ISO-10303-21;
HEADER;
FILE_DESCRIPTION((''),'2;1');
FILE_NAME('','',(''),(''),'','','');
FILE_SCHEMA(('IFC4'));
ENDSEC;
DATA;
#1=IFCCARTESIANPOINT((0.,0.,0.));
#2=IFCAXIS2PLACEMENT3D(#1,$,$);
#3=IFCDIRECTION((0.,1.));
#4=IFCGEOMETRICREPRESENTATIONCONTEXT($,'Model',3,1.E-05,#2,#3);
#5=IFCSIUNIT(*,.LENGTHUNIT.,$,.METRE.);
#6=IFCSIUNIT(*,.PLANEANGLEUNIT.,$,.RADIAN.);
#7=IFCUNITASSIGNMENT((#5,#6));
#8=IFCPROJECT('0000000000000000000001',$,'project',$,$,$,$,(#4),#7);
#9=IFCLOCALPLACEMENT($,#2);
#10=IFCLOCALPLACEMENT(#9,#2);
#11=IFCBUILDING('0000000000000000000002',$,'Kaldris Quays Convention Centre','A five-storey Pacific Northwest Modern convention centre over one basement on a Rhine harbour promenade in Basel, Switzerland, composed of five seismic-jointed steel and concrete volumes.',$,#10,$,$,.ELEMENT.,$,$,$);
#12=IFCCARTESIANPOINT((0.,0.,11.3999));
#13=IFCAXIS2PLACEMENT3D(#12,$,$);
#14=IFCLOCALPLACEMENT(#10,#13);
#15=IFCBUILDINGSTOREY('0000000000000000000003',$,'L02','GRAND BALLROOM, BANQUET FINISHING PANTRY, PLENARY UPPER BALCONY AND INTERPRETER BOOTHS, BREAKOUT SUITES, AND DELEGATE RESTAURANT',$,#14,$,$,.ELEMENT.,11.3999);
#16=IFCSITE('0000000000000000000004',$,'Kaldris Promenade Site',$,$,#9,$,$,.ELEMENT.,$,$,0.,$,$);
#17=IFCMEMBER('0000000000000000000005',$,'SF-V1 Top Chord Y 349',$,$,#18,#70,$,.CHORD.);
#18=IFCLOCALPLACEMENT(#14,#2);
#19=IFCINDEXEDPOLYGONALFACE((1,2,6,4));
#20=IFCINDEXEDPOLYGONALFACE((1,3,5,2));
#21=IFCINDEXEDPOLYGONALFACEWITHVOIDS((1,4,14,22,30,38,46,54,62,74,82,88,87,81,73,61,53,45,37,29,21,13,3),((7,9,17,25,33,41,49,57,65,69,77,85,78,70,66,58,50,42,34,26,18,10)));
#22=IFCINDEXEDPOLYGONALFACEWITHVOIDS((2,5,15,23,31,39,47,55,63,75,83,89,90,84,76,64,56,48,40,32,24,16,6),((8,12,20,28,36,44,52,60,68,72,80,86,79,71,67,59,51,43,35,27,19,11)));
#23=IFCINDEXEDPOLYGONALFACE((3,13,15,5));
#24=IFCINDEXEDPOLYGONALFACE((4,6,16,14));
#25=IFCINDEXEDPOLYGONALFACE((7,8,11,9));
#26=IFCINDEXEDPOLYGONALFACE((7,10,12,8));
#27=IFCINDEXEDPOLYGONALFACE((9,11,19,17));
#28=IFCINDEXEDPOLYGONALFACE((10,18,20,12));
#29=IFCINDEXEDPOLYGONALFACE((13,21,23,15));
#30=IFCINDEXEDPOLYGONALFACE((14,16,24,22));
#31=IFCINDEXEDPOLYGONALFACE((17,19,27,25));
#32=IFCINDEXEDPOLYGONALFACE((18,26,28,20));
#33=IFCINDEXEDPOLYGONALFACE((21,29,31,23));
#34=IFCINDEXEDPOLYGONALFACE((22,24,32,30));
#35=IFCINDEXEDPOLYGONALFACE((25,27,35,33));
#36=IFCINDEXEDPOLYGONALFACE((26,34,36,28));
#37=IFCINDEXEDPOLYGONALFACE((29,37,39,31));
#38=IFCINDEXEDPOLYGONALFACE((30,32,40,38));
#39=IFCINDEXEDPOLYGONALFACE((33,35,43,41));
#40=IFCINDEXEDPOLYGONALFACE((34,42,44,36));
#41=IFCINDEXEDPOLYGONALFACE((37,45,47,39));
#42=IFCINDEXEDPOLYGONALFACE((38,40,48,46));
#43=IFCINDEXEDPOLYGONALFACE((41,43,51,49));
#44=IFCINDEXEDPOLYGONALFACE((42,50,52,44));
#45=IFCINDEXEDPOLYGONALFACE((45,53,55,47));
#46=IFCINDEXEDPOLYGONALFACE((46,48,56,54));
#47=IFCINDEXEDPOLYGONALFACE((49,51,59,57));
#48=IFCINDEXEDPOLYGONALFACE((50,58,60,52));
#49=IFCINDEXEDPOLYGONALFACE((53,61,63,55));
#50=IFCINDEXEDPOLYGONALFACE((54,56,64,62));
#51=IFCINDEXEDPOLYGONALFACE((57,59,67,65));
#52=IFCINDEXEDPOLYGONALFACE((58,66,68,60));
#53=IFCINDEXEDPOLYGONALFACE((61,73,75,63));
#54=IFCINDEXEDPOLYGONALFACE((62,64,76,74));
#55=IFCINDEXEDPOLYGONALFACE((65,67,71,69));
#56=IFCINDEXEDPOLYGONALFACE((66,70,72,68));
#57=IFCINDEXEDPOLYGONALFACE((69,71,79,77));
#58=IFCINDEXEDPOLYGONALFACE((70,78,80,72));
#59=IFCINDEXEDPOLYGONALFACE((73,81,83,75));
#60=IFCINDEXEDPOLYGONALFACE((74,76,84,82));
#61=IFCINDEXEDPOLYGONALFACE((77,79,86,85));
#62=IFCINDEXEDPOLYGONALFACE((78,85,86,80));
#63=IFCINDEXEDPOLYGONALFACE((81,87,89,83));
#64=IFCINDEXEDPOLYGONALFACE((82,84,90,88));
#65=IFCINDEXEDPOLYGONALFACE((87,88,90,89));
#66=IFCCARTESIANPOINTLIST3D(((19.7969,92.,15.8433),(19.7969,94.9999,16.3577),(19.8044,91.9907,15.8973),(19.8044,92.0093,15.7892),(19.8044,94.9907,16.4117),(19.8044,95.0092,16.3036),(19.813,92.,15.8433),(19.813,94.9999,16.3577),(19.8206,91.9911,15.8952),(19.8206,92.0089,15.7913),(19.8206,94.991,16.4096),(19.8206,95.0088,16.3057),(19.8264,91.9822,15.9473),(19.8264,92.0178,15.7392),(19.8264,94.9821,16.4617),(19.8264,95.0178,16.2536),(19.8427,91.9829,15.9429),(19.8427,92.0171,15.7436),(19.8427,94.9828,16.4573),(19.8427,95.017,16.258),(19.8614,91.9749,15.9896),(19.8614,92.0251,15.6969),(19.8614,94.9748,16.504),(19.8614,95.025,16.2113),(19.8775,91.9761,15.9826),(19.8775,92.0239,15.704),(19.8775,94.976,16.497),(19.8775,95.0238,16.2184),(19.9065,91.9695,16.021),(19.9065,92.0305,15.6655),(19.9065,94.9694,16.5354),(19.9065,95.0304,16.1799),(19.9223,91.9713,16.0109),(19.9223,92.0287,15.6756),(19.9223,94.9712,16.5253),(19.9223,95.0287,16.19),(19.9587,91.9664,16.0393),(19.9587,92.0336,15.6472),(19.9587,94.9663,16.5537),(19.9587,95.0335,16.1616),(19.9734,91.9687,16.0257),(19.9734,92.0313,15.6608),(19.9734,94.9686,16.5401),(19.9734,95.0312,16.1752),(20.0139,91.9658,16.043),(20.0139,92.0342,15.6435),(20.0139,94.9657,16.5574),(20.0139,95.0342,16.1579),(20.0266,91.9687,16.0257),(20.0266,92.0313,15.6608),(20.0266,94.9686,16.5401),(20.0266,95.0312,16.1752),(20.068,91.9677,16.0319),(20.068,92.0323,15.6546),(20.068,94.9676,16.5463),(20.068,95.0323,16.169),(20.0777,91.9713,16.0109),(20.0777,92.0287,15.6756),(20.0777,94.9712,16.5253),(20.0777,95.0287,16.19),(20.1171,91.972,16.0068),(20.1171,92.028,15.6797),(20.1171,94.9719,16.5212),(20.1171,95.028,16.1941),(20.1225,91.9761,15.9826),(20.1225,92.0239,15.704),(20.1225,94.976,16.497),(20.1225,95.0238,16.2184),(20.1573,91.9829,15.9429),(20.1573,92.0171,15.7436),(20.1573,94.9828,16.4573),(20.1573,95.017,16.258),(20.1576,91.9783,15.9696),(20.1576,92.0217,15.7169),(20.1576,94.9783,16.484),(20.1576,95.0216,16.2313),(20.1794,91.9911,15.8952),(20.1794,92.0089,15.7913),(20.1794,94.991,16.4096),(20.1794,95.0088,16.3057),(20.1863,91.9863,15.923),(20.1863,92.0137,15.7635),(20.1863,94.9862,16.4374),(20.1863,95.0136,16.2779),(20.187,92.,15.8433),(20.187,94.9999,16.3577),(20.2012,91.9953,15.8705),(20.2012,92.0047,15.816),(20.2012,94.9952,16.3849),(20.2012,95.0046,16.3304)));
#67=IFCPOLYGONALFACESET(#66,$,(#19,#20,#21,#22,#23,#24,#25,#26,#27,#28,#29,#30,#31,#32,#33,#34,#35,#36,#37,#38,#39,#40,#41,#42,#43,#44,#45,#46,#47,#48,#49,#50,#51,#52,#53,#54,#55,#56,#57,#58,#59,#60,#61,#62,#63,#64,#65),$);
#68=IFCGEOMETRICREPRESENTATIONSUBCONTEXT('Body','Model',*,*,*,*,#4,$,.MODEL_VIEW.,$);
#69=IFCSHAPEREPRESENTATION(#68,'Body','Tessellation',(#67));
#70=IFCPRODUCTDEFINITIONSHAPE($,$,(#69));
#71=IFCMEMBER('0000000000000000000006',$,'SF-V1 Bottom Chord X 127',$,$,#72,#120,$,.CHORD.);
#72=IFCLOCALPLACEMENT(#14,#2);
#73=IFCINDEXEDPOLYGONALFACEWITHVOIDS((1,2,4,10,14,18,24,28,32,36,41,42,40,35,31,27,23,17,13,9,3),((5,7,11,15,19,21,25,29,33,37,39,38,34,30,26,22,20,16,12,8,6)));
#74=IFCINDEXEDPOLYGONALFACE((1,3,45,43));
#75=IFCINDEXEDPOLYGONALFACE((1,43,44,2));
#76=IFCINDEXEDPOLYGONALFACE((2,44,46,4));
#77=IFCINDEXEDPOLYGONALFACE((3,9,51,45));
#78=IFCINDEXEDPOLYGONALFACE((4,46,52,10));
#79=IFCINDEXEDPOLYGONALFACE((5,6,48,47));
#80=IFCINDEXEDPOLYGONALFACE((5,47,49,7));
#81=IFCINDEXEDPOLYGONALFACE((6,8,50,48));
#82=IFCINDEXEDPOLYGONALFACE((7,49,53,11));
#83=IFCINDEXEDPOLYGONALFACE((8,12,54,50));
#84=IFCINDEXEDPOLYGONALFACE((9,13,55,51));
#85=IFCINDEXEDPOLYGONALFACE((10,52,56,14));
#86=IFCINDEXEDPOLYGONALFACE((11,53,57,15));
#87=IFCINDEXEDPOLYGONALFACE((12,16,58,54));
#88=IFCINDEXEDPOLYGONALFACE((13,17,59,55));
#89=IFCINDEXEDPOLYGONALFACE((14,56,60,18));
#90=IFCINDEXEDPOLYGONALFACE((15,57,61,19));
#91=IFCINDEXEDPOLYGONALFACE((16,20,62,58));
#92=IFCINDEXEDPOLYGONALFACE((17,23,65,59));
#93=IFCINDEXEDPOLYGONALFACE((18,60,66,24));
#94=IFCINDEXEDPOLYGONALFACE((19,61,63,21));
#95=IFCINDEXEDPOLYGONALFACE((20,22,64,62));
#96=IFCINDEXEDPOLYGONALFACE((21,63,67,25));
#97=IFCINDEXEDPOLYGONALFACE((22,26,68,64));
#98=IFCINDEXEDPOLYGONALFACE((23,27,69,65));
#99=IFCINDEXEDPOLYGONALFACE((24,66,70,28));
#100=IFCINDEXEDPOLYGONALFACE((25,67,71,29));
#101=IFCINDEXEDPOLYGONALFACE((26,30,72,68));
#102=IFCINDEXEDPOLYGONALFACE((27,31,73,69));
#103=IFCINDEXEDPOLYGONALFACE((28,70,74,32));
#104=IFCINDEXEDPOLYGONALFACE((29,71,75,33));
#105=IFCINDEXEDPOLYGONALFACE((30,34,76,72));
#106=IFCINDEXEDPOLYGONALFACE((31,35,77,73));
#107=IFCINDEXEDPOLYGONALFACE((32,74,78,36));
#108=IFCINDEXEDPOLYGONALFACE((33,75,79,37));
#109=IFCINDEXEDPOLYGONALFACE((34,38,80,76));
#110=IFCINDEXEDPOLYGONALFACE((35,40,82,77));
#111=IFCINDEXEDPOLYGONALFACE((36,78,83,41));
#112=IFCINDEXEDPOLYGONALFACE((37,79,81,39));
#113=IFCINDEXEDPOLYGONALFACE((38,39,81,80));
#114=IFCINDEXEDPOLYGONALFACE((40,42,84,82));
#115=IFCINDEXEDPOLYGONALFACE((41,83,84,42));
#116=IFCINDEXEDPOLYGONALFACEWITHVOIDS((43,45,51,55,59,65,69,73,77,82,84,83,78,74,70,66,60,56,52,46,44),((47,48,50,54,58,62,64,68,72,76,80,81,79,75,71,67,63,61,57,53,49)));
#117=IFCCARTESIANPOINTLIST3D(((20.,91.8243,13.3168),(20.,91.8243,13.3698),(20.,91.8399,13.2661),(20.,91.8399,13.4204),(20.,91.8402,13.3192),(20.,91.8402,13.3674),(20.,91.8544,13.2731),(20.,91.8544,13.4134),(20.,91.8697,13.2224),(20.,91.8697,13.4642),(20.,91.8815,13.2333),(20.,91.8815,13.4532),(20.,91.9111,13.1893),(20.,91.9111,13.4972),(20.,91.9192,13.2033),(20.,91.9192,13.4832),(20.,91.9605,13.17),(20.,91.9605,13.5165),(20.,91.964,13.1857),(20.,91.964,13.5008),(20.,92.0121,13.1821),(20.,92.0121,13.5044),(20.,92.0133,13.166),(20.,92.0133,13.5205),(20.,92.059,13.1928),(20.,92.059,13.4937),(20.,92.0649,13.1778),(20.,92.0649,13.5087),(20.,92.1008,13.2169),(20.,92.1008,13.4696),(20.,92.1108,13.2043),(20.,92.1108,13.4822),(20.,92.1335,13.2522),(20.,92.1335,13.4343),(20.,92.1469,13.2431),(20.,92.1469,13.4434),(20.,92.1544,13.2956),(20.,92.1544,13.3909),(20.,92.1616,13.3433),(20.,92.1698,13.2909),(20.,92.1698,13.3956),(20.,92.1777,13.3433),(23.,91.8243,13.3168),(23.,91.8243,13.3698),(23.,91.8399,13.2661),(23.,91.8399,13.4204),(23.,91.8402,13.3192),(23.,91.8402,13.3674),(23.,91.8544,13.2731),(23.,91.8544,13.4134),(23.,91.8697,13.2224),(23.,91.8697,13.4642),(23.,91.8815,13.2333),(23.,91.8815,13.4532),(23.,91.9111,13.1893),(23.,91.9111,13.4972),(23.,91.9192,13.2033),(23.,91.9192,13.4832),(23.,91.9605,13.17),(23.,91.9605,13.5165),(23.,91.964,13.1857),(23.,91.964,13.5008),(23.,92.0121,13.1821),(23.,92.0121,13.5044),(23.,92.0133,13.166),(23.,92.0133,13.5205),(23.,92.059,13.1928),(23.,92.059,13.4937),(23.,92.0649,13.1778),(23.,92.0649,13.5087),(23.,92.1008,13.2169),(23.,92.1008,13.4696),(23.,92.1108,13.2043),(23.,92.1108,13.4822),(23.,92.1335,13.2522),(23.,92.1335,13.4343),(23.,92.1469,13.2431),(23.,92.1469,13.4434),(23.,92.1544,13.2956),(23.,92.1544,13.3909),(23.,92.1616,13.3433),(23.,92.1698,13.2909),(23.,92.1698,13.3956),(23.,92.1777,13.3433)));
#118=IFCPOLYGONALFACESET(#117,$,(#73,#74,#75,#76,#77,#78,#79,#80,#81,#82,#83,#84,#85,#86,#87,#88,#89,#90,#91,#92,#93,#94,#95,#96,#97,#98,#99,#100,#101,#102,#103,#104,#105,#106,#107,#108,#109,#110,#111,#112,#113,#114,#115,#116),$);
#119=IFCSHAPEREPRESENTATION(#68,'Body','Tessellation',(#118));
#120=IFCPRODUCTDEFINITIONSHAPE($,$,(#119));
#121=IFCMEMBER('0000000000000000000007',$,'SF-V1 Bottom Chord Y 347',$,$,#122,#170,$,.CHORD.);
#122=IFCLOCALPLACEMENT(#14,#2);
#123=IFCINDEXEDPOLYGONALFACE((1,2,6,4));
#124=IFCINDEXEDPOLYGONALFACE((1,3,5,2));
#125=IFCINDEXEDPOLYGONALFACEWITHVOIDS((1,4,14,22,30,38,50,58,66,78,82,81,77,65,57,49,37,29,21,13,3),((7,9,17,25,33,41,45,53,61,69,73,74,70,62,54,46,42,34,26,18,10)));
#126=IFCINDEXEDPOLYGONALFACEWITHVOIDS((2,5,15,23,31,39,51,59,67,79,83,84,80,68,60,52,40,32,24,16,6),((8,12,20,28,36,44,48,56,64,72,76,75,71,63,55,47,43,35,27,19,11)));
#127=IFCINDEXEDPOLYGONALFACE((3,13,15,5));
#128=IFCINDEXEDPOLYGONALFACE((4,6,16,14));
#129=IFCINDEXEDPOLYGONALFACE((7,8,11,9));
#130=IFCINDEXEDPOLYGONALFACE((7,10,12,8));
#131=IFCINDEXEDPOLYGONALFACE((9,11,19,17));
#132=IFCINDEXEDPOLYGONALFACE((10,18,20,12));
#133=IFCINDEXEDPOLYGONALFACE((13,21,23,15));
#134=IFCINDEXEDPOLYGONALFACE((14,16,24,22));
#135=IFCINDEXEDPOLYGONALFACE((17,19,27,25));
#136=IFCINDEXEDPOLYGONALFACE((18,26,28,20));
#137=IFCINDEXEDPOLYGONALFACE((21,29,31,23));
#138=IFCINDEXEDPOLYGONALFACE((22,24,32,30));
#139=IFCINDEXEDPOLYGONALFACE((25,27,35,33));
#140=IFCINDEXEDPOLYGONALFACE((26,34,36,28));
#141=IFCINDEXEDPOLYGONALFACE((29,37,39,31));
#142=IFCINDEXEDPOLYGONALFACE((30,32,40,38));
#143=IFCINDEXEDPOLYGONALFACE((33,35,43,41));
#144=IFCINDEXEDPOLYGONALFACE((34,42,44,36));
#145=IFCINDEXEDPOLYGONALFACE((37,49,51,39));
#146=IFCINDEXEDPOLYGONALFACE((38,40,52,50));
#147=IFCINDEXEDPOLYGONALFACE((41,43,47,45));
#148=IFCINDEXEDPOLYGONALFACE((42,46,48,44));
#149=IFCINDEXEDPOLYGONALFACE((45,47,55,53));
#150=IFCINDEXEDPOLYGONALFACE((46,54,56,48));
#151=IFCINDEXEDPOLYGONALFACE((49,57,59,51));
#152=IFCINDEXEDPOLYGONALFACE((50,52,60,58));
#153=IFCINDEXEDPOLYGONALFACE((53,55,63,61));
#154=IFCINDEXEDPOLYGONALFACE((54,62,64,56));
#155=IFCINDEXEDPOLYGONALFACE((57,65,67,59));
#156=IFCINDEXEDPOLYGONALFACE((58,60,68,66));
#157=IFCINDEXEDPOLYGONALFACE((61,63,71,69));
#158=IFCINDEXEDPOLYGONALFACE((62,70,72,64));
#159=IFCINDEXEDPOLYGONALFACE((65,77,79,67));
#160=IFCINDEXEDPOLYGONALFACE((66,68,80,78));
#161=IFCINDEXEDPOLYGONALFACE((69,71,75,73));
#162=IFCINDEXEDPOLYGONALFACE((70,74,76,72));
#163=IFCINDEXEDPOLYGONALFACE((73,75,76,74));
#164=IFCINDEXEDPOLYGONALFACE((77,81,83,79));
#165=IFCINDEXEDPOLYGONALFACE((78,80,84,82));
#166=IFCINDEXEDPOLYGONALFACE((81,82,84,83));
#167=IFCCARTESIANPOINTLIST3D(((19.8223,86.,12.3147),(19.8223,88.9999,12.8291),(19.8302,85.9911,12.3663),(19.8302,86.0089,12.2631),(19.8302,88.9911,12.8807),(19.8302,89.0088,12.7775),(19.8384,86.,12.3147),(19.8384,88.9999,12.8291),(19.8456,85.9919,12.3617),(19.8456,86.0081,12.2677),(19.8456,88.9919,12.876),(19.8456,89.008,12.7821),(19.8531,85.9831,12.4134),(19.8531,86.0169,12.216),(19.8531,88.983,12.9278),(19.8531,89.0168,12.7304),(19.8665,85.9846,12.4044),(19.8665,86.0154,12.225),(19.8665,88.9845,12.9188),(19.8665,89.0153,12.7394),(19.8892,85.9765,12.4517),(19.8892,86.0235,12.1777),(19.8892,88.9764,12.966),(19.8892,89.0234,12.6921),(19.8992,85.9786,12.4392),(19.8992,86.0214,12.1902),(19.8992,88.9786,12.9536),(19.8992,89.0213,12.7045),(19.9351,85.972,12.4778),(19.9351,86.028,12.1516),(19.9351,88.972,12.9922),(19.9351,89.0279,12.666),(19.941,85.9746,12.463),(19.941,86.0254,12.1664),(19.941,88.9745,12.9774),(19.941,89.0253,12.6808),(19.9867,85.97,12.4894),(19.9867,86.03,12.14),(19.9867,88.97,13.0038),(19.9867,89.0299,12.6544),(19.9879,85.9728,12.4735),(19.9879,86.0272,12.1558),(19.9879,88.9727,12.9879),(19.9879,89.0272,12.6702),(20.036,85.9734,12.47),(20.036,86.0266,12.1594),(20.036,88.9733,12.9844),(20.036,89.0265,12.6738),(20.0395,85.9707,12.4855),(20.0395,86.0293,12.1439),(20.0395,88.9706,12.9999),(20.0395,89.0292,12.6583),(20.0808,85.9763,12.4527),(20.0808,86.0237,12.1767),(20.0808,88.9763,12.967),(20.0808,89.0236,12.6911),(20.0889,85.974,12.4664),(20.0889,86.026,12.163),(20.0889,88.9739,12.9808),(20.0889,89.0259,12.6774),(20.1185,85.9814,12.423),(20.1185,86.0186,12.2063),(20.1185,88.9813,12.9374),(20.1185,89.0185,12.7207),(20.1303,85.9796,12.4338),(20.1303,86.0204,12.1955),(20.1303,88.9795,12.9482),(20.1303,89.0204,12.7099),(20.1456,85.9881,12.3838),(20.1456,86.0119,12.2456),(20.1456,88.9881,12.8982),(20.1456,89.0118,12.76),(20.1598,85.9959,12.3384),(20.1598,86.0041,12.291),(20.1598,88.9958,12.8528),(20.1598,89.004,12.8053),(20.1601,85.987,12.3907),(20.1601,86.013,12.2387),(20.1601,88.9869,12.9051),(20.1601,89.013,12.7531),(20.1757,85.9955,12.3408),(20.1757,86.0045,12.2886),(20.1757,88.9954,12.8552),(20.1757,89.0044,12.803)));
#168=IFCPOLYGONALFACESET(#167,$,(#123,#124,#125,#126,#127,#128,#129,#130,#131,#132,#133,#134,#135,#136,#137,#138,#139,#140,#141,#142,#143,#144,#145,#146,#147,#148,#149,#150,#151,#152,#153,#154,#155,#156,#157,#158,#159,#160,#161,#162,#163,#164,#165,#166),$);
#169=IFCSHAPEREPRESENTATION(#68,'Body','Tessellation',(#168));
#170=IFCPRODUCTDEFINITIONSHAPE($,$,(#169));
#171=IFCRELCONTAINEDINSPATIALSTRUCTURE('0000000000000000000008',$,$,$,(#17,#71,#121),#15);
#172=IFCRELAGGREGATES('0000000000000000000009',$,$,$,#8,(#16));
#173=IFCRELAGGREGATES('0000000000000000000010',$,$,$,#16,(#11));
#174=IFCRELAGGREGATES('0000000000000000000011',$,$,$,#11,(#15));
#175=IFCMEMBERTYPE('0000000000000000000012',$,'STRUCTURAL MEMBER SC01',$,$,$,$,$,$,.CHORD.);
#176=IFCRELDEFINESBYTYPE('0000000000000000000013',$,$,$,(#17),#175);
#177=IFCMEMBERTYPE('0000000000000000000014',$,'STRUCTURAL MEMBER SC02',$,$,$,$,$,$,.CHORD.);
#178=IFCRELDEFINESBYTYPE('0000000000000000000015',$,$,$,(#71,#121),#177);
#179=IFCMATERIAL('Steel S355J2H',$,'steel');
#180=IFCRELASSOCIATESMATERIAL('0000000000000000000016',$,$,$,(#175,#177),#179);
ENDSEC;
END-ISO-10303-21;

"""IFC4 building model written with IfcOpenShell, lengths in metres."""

from ifc_helpers import new_model, si_unit, direction, frame, origin, origin_2d, place, context, subcontext, project, spatial, hollow_circle, extrude, material, material_profile, profile_set, type_object, element, save


model = new_model("IFC4")

# Units and contexts
model_context = context("Model", 3, precision=1e-05, world=origin(), true_north=direction((0.0, 1.0)))
body_context = subcontext(model_context, "Body", "Model", "MODEL_VIEW")
ifc_project = project(units=[si_unit("LENGTHUNIT", "METRE"), si_unit("PLANEANGLEUNIT", "RADIAN")], contexts=[model_context])

# Site, building, storey
site_placement = place(None, origin())
site = spatial("IfcSite", under=ifc_project, at=site_placement, Name="Kaldris Promenade Site", CompositionType="ELEMENT", RefElevation=0.0)
building_placement = place(site_placement, origin())
building = spatial("IfcBuilding", under=site, at=building_placement, Name="Kaldris Quays Convention Centre", Description="A five-storey Pacific Northwest Modern convention centre over one basement on a Rhine harbour promenade in Basel, Switzerland, composed of five seismic-jointed steel and concrete volumes.", CompositionType="ELEMENT")
storey_placement = place(building_placement, frame((0.0, 0.0, 11.3999)))
storey = spatial("IfcBuildingStorey", under=building, at=storey_placement, Name="L02", Description="GRAND BALLROOM, BANQUET FINISHING PANTRY, PLENARY UPPER BALCONY AND INTERPRETER BOOTHS, BREAKOUT SUITES, AND DELEGATE RESTAURANT", CompositionType="ELEMENT", Elevation=11.3999)

# Members
ifc_material_1 = material(Name="Steel S355J2H", Category="steel")
ifc_material_profile_1 = material_profile(ifc_material_1, hollow_circle(Radius=0.2031, WallThickness=0.0161, at=origin_2d()), Name="CHS 406.4x16")
ifc_profile_set_1 = profile_set([ifc_material_profile_1], Name="Steel S355J2H")
member_type_1 = type_object("IfcMemberType", Name="STRUCTURAL MEMBER SC01", PredefinedType="CHORD", material=ifc_profile_set_1)
for number, where, z_axis, x_axis, name in (
    (1, (20.0, 92.0, 15.8433), (0.0, 0.985616, 0.169002), (-1.0, 0.0, 0.0), "SF-V1 Top Chord Y 349"),
):
    element("IfcMember", number, at=place(storey_placement, frame(where, z_axis=z_axis, x_axis=x_axis)), inside=storey, type_object=member_type_1, Name=name, PredefinedType="CHORD", context=body_context, shape_type="SweptSolid", body=[
        extrude(hollow_circle(Radius=0.2031, WallThickness=0.0161, at=origin_2d()), origin(), (0.0, 0.0, 1.0), 3.0437),
    ])
ifc_material_profile_2 = material_profile(ifc_material_1, hollow_circle(Radius=0.1777, WallThickness=0.0161, at=origin_2d()), Name="CHS 355.6x16")
ifc_profile_set_2 = profile_set([ifc_material_profile_2], Name="Steel S355J2H")
member_type_2 = type_object("IfcMemberType", Name="STRUCTURAL MEMBER SC02", PredefinedType="CHORD", material=ifc_profile_set_2)
member_1_placement = place(storey_placement, frame((20.0, 92.0, 13.3433), z_axis=(1.0, 0.0, 0.0), x_axis=(0.0, 1.0, 0.0)))
element("IfcMember", 2, at=member_1_placement, inside=storey, type_object=member_type_2, Name="SF-V1 Bottom Chord X 127", PredefinedType="CHORD", context=body_context, shape_type="SweptSolid", body=[
    extrude(hollow_circle(Radius=0.1777, WallThickness=0.0161, at=origin_2d()), origin(), (0.0, 0.0, 1.0), 3.0),
])
for number, where, z_axis, x_axis, name in (
    (3, (20.0, 86.0, 12.3147), (0.0, 0.985616, 0.169002), (-1.0, 0.0, 0.0), "SF-V1 Bottom Chord Y 347"),
):
    element("IfcMember", number, at=place(storey_placement, frame(where, z_axis=z_axis, x_axis=x_axis)), inside=storey, type_object=member_type_2, Name=name, PredefinedType="CHORD", context=body_context, shape_type="SweptSolid", body=[
        extrude(hollow_circle(Radius=0.1777, WallThickness=0.0161, at=origin_2d()), origin(), (0.0, 0.0, 1.0), 3.0437),
    ])

save(model, "model.ifc")
